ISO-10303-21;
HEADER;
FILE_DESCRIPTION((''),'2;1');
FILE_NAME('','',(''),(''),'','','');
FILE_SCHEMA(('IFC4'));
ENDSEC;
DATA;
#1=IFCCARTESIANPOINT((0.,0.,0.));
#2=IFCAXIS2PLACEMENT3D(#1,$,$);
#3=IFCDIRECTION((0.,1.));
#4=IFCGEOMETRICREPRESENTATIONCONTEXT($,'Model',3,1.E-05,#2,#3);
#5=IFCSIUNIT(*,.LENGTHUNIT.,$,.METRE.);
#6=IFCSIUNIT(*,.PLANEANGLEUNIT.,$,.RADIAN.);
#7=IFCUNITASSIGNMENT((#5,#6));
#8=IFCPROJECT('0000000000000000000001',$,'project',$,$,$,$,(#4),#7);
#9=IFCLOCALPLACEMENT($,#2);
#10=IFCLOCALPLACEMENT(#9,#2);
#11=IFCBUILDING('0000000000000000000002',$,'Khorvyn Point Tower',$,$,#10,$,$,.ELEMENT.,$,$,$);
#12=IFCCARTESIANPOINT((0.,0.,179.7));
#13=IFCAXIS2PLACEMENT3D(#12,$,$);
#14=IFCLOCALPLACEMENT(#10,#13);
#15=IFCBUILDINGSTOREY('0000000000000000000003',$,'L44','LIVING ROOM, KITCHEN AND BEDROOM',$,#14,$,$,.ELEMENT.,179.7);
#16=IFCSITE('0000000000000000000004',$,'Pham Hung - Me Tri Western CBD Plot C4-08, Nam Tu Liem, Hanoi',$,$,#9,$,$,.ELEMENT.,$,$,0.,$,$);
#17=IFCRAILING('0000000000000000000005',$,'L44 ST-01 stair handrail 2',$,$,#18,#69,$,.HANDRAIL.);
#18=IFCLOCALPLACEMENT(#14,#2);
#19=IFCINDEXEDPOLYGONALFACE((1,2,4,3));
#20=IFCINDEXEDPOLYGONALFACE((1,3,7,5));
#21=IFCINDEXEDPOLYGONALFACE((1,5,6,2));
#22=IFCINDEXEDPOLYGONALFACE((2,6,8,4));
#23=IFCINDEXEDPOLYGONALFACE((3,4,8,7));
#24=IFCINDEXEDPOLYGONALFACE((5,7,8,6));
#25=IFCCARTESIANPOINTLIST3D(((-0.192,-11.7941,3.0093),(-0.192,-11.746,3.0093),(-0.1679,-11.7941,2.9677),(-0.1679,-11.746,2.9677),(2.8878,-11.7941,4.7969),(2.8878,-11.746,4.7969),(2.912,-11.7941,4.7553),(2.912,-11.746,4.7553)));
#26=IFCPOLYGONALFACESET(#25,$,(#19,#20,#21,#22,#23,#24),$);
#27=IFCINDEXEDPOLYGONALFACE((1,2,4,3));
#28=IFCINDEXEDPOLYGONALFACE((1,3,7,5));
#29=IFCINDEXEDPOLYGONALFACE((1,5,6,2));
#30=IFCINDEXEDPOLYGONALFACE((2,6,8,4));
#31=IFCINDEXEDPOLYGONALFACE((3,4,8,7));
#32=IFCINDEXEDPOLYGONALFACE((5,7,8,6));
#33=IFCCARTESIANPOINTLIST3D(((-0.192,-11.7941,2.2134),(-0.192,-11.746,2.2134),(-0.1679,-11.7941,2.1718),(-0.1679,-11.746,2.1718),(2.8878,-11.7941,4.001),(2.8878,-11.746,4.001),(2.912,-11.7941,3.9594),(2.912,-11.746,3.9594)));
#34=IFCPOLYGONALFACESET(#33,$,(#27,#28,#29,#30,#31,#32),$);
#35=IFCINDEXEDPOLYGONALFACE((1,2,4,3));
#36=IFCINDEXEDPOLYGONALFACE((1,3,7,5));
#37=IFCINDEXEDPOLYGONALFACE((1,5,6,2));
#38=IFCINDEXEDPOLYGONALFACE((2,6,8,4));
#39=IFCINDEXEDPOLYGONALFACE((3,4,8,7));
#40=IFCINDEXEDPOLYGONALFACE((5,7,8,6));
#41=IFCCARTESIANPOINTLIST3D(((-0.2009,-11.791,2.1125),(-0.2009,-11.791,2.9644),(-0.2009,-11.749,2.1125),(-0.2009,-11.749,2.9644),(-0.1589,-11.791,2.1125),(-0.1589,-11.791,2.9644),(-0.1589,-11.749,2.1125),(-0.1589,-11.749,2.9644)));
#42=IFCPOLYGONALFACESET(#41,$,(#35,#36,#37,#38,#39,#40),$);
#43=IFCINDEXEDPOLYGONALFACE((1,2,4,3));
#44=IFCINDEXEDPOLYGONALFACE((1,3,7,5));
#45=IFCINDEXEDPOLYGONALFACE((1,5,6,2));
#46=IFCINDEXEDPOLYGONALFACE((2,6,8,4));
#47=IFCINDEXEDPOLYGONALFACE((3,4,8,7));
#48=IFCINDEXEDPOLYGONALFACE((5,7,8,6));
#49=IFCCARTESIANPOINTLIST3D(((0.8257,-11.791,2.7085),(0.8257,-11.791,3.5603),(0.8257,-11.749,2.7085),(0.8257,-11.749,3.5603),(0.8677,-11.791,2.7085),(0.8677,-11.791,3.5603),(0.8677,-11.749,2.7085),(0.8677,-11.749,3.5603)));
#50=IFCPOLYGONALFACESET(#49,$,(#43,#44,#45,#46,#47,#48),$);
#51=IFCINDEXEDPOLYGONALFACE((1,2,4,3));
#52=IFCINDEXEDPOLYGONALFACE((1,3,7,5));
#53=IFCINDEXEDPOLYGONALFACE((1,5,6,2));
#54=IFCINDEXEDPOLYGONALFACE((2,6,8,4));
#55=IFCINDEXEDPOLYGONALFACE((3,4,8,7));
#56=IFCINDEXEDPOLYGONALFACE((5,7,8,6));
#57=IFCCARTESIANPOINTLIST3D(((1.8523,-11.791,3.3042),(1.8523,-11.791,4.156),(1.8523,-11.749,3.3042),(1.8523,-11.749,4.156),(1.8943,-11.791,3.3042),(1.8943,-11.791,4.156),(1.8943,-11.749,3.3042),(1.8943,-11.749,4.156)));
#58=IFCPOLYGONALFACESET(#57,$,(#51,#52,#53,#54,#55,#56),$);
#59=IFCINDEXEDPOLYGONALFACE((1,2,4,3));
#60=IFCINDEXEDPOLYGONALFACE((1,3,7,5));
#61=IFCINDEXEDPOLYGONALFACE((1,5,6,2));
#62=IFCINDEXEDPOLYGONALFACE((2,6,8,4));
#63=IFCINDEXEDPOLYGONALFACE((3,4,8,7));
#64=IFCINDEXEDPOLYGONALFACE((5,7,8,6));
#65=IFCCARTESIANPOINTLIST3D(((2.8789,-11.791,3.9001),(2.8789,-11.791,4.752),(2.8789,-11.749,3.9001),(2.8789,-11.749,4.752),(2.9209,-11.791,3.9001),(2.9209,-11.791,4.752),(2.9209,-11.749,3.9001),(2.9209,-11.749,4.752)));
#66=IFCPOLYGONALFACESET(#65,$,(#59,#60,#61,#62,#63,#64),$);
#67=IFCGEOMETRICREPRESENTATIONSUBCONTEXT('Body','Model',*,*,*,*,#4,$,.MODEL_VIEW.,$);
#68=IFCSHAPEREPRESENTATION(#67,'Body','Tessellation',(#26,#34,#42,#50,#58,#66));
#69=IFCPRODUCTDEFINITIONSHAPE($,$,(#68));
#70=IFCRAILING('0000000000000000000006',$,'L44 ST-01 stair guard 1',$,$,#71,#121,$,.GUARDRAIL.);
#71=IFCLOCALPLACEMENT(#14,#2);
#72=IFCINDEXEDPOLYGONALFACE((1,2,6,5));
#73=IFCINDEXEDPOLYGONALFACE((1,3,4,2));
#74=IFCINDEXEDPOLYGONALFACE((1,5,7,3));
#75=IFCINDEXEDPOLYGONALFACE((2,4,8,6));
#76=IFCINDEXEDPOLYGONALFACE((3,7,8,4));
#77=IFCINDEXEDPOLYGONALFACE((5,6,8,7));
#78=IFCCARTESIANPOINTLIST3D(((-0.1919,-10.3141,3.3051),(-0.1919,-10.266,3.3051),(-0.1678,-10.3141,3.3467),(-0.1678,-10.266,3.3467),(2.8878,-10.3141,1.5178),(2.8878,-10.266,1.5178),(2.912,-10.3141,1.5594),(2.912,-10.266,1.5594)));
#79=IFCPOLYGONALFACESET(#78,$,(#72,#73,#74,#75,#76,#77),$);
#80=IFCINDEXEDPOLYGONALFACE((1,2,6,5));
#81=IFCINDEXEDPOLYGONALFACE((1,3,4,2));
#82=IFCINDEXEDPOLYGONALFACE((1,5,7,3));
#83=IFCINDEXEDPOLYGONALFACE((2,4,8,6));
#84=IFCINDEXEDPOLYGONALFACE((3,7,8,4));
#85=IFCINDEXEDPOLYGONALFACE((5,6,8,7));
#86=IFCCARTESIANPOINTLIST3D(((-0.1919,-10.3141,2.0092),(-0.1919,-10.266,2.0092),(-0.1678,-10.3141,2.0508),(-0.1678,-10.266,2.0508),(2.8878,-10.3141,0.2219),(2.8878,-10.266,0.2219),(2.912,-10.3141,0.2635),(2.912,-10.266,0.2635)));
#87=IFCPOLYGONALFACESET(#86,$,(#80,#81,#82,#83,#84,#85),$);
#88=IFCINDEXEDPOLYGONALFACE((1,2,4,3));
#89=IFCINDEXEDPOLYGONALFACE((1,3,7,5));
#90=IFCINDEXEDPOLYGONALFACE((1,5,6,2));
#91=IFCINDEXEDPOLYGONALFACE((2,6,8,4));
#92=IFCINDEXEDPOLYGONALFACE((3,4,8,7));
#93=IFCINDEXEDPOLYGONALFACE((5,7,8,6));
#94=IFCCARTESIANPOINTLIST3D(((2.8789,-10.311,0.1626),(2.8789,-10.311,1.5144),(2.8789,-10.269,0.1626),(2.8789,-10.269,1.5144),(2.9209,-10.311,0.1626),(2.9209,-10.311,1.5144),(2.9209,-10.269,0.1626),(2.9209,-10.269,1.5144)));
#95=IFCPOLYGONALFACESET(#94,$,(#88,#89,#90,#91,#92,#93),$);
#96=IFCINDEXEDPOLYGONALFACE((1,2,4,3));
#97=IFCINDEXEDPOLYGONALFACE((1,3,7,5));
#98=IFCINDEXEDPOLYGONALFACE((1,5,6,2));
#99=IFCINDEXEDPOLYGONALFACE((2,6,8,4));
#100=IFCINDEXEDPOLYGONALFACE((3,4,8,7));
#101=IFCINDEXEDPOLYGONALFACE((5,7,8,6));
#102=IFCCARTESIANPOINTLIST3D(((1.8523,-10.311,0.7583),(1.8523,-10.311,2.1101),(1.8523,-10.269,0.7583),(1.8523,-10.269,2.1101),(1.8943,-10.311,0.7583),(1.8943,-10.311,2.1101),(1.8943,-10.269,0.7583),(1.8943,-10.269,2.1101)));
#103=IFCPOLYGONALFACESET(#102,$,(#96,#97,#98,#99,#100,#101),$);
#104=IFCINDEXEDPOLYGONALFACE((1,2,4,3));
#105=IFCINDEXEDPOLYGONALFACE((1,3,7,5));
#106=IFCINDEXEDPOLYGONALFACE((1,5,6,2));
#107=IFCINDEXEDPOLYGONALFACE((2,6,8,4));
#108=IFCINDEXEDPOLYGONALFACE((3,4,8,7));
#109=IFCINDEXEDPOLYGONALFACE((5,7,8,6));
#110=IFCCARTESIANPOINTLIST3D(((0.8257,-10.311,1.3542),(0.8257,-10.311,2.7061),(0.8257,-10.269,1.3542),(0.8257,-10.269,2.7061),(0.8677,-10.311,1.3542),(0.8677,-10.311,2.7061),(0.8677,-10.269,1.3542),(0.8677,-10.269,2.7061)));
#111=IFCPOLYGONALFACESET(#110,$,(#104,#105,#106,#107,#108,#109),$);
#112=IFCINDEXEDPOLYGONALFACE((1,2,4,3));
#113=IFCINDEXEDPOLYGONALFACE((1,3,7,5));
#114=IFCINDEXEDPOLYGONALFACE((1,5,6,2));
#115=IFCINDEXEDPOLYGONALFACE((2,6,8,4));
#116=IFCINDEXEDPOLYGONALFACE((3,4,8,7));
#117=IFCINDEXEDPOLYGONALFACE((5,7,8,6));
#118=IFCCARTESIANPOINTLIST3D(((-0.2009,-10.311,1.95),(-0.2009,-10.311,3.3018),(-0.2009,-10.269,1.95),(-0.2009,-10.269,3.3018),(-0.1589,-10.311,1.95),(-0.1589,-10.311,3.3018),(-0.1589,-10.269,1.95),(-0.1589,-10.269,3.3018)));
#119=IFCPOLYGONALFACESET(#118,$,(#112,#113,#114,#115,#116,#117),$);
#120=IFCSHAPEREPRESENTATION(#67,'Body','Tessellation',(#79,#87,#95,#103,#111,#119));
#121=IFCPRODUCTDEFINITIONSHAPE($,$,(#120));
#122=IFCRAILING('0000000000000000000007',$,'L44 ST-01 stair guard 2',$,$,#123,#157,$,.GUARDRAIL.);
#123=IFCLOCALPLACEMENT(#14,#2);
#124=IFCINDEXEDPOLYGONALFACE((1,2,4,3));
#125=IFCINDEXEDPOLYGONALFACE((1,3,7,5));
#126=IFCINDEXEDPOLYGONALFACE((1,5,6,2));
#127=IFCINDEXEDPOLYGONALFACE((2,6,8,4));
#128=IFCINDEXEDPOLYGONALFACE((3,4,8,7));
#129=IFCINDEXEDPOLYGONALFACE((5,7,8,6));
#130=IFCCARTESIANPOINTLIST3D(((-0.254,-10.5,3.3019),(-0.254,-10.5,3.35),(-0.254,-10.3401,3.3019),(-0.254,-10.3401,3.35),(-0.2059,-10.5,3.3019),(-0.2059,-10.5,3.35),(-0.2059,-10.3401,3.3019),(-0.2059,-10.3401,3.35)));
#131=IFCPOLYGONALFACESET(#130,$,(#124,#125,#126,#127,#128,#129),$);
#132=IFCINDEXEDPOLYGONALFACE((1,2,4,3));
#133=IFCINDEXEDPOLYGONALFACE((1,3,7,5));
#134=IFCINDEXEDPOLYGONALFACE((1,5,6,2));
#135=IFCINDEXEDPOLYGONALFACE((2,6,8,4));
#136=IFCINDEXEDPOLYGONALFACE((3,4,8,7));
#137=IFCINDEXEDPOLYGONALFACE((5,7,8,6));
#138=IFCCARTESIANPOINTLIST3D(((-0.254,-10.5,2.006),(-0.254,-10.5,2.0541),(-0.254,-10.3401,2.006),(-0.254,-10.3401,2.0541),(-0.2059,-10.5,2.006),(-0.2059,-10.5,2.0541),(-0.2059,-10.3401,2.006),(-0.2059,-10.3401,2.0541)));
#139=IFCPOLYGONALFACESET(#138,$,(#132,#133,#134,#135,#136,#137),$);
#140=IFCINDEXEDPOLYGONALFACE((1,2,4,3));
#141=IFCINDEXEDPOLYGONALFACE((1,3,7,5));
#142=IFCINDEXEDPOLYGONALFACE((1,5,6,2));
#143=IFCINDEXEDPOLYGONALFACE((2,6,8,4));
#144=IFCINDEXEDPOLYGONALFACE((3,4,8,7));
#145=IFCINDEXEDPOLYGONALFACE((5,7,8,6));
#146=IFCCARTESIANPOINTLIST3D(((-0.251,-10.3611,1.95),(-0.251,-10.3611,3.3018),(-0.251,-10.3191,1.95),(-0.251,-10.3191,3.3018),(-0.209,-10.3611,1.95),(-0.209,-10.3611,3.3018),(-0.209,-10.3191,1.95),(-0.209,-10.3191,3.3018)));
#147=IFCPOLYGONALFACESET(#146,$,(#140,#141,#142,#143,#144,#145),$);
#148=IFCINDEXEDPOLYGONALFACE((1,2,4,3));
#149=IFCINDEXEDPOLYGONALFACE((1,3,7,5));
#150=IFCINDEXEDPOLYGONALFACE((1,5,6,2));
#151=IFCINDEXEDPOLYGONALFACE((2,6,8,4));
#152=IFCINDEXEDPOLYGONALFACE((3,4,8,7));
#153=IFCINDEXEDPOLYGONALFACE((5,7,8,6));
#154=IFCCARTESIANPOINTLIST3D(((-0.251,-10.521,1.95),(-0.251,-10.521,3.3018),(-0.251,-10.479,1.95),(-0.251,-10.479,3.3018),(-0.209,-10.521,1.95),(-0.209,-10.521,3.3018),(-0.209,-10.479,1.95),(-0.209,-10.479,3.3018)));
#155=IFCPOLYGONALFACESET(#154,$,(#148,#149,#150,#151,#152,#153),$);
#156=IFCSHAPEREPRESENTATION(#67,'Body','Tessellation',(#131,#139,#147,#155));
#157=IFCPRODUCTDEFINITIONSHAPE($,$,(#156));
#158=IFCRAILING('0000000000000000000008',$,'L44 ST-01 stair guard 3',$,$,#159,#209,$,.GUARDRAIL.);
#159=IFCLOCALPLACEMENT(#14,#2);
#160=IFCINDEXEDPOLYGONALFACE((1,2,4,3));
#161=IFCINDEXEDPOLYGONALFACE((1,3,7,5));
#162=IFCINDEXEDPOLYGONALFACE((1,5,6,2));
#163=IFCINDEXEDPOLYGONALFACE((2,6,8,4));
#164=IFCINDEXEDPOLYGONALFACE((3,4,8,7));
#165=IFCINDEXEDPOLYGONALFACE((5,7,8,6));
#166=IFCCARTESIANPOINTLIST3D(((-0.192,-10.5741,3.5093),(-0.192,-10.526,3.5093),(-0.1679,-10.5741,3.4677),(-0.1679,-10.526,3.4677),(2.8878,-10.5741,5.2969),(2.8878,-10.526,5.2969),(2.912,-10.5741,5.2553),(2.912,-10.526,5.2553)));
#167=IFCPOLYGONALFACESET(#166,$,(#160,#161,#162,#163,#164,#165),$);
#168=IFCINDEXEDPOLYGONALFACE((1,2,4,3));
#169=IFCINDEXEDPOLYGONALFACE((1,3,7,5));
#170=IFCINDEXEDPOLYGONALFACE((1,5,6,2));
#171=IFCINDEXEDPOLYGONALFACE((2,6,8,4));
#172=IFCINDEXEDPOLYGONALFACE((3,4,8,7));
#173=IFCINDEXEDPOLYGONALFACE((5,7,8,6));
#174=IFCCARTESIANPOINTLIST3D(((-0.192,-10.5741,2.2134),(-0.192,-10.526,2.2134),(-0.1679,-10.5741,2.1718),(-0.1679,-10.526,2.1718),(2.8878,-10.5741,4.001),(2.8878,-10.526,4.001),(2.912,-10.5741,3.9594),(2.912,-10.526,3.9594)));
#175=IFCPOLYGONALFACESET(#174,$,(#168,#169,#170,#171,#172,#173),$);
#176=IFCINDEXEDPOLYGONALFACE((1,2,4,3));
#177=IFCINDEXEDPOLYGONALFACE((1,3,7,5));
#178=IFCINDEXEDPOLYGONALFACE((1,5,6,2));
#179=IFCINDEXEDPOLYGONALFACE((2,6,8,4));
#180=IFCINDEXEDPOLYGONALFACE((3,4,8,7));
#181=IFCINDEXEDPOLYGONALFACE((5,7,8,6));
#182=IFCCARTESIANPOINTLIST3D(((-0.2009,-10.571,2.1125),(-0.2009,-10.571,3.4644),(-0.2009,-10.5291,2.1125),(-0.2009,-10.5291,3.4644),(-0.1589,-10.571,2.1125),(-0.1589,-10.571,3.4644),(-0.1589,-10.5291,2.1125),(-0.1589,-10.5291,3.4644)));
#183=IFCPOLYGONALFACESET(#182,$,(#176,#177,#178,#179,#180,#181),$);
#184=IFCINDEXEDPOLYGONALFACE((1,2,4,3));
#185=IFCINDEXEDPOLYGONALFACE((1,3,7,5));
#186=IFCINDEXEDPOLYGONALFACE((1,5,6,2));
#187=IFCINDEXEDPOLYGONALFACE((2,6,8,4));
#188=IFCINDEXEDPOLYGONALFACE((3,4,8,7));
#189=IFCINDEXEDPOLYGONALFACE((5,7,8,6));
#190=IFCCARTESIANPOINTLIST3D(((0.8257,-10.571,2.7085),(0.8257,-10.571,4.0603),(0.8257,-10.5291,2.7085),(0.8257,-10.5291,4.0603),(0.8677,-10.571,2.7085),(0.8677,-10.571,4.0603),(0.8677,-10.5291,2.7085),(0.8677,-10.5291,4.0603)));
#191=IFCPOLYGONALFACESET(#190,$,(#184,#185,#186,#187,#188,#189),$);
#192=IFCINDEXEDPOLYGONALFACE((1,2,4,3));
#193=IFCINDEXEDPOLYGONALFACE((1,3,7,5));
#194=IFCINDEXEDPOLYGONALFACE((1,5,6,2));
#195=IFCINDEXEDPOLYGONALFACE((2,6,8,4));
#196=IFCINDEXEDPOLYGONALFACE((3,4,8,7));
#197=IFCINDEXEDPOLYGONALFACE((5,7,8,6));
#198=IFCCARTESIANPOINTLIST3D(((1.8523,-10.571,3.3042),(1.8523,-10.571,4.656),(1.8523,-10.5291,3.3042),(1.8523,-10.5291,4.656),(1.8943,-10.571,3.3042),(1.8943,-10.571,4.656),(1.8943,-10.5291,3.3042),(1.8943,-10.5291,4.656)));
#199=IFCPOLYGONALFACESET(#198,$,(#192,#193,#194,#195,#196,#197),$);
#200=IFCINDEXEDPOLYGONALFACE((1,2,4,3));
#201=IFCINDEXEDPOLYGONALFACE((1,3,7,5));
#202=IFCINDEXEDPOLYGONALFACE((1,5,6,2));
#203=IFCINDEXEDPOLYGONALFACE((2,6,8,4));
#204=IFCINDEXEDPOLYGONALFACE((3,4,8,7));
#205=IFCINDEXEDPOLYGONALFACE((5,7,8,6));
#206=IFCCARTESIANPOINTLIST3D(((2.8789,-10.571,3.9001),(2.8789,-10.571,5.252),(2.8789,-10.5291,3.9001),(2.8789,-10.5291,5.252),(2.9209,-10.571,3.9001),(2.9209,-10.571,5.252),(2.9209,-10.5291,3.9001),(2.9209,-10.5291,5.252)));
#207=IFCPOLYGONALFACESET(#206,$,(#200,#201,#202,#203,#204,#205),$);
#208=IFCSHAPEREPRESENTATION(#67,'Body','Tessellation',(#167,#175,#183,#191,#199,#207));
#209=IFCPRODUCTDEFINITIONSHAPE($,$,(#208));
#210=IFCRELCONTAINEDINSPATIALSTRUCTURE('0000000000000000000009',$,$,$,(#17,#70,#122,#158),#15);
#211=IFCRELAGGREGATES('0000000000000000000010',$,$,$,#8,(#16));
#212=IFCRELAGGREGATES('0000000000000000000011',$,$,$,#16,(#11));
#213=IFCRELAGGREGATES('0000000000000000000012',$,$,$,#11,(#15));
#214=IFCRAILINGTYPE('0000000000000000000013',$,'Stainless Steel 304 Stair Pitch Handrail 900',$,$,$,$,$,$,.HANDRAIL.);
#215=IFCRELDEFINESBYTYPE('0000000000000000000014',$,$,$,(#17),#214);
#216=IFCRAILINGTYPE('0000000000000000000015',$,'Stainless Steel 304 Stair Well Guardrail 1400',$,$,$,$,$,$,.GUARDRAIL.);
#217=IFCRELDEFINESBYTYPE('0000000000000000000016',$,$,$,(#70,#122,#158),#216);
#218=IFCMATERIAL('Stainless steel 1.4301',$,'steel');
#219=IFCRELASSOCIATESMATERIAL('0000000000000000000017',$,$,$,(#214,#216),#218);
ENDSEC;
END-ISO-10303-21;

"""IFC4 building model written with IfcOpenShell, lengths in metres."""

from ifc_helpers import new_model, si_unit, direction, frame, origin, origin_2d, place, context, subcontext, project, spatial, rectangle, extrude, material, type_object, element, save


model = new_model("IFC4")

# Units and contexts
model_context = context("Model", 3, precision=1e-05, world=origin(), true_north=direction((0.0, 1.0)))
body_context = subcontext(model_context, "Body", "Model", "MODEL_VIEW")
ifc_project = project(units=[si_unit("LENGTHUNIT", "METRE"), si_unit("PLANEANGLEUNIT", "RADIAN")], contexts=[model_context])

# Site, building, storey
site_placement = place(None, origin())
site = spatial("IfcSite", under=ifc_project, at=site_placement, Name="Pham Hung - Me Tri Western CBD Plot C4-08, Nam Tu Liem, Hanoi", CompositionType="ELEMENT", RefElevation=0.0)
building_placement = place(site_placement, origin())
building = spatial("IfcBuilding", under=site, at=building_placement, Name="Khorvyn Point Tower", CompositionType="ELEMENT")
storey_placement = place(building_placement, frame((0.0, 0.0, 179.7)))
storey = spatial("IfcBuildingStorey", under=building, at=storey_placement, Name="L44", Description="LIVING ROOM, KITCHEN AND BEDROOM", CompositionType="ELEMENT", Elevation=179.7)

# Shared definitions
ifc_material_1 = material(Name="Stainless steel 1.4301", Category="steel")

# Railings
railing_type_1 = type_object("IfcRailingType", Name="Stainless Steel 304 Stair Pitch Handrail 900", PredefinedType="HANDRAIL", material=ifc_material_1)
railing_1_placement = place(storey_placement, frame((-0.1799, -11.77, 2.1125)))
element("IfcRailing", 1, at=railing_1_placement, inside=storey, type_object=railing_type_1, Name="L44 ST-01 stair handrail 2", PredefinedType="HANDRAIL", context=body_context, shape_type="SweptSolid", body=[
    extrude(rectangle(XDim=0.0481, YDim=0.0481, at=origin_2d()), frame((0.0, 0.0, 0.876), z_axis=(0.864873, 0.0, 0.50199), x_axis=(0.0, 1.0, 0.0)), (0.0, 0.0, 1.0), 3.561),
    extrude(rectangle(XDim=0.0481, YDim=0.0481, at=origin_2d()), frame((0.0, 0.0, 0.0801), z_axis=(0.864873, 0.0, 0.50199), x_axis=(0.0, 1.0, 0.0)), (0.0, 0.0, 1.0), 3.561),
    extrude(rectangle(XDim=0.042, YDim=0.042, at=origin_2d()), origin(), (0.0, 0.0, 1.0), 0.8518),
    extrude(rectangle(XDim=0.042, YDim=0.042, at=origin_2d()), frame((1.0266, 0.0, 0.5959)), (0.0, 0.0, 1.0), 0.8518),
    extrude(rectangle(XDim=0.042, YDim=0.042, at=origin_2d()), frame((2.0532, 0.0, 1.1917)), (0.0, 0.0, 1.0), 0.8518),
    extrude(rectangle(XDim=0.042, YDim=0.042, at=origin_2d()), frame((3.0798, 0.0, 1.7876)), (0.0, 0.0, 1.0), 0.8518),
])
railing_type_2 = type_object("IfcRailingType", Name="Stainless Steel 304 Stair Well Guardrail 1400", PredefinedType="GUARDRAIL", material=ifc_material_1)
railing_2_placement = place(storey_placement, frame((2.8999, -10.29, 0.1626)))
element("IfcRailing", 2, at=railing_2_placement, inside=storey, type_object=railing_type_2, Name="L44 ST-01 stair guard 1", PredefinedType="GUARDRAIL", context=body_context, shape_type="SweptSolid", body=[
    extrude(rectangle(XDim=0.0481, YDim=0.0481, at=origin_2d()), frame((0.0, 0.0, 1.376), z_axis=(-0.864903, 0.0, 0.501939), x_axis=(0.0, -1.0, 0.0)), (0.0, 0.0, 1.0), 3.5608),
    extrude(rectangle(XDim=0.0481, YDim=0.0481, at=origin_2d()), frame((0.0, 0.0, 0.0801), z_axis=(-0.864903, 0.0, 0.501939), x_axis=(0.0, -1.0, 0.0)), (0.0, 0.0, 1.0), 3.5608),
    extrude(rectangle(XDim=0.042, YDim=0.042, at=origin_2d()), origin(), (0.0, 0.0, 1.0), 1.3518),
    extrude(rectangle(XDim=0.042, YDim=0.042, at=origin_2d()), frame((-1.0266, 0.0, 0.5957)), (0.0, 0.0, 1.0), 1.3518),
    extrude(rectangle(XDim=0.042, YDim=0.042, at=origin_2d()), frame((-2.0532, 0.0, 1.1917)), (0.0, 0.0, 1.0), 1.3518),
    extrude(rectangle(XDim=0.042, YDim=0.042, at=origin_2d()), frame((-3.0798, 0.0, 1.7874)), (0.0, 0.0, 1.0), 1.3518),
])
railing_3_placement = place(storey_placement, frame((-0.23, -10.3401, 1.95)))
element("IfcRailing", 3, at=railing_3_placement, inside=storey, type_object=railing_type_2, Name="L44 ST-01 stair guard 2", PredefinedType="GUARDRAIL", context=body_context, shape_type="SweptSolid", body=[
    extrude(rectangle(XDim=0.0481, YDim=0.0481, at=origin_2d()), frame((0.0, 0.0, 1.376), z_axis=(0.0, -1.0, 0.0), x_axis=(1.0, 0.0, 0.0)), (0.0, 0.0, 1.0), 0.1599),
    extrude(rectangle(XDim=0.0481, YDim=0.0481, at=origin_2d()), frame((0.0, 0.0, 0.0801), z_axis=(0.0, -1.0, 0.0), x_axis=(1.0, 0.0, 0.0)), (0.0, 0.0, 1.0), 0.1599),
    extrude(rectangle(XDim=0.042, YDim=0.042, at=origin_2d()), origin(), (0.0, 0.0, 1.0), 1.3518),
    extrude(rectangle(XDim=0.042, YDim=0.042, at=origin_2d()), frame((0.0, -0.1599, 0.0)), (0.0, 0.0, 1.0), 1.3518),
])
railing_4_placement = place(storey_placement, frame((-0.1799, -10.55, 2.1125)))
element("IfcRailing", 4, at=railing_4_placement, inside=storey, type_object=railing_type_2, Name="L44 ST-01 stair guard 3", PredefinedType="GUARDRAIL", context=body_context, shape_type="SweptSolid", body=[
    extrude(rectangle(XDim=0.0481, YDim=0.0481, at=origin_2d()), frame((0.0, 0.0, 1.376), z_axis=(0.864873, 0.0, 0.50199), x_axis=(0.0, 1.0, 0.0)), (0.0, 0.0, 1.0), 3.561),
    extrude(rectangle(XDim=0.0481, YDim=0.0481, at=origin_2d()), frame((0.0, 0.0, 0.0801), z_axis=(0.864873, 0.0, 0.50199), x_axis=(0.0, 1.0, 0.0)), (0.0, 0.0, 1.0), 3.561),
    extrude(rectangle(XDim=0.042, YDim=0.042, at=origin_2d()), origin(), (0.0, 0.0, 1.0), 1.3518),
    extrude(rectangle(XDim=0.042, YDim=0.042, at=origin_2d()), frame((1.0266, 0.0, 0.5959)), (0.0, 0.0, 1.0), 1.3518),
    extrude(rectangle(XDim=0.042, YDim=0.042, at=origin_2d()), frame((2.0532, 0.0, 1.1917)), (0.0, 0.0, 1.0), 1.3518),
    extrude(rectangle(XDim=0.042, YDim=0.042, at=origin_2d()), frame((3.0798, 0.0, 1.7876)), (0.0, 0.0, 1.0), 1.3518),
])

save(model, "model.ifc")
